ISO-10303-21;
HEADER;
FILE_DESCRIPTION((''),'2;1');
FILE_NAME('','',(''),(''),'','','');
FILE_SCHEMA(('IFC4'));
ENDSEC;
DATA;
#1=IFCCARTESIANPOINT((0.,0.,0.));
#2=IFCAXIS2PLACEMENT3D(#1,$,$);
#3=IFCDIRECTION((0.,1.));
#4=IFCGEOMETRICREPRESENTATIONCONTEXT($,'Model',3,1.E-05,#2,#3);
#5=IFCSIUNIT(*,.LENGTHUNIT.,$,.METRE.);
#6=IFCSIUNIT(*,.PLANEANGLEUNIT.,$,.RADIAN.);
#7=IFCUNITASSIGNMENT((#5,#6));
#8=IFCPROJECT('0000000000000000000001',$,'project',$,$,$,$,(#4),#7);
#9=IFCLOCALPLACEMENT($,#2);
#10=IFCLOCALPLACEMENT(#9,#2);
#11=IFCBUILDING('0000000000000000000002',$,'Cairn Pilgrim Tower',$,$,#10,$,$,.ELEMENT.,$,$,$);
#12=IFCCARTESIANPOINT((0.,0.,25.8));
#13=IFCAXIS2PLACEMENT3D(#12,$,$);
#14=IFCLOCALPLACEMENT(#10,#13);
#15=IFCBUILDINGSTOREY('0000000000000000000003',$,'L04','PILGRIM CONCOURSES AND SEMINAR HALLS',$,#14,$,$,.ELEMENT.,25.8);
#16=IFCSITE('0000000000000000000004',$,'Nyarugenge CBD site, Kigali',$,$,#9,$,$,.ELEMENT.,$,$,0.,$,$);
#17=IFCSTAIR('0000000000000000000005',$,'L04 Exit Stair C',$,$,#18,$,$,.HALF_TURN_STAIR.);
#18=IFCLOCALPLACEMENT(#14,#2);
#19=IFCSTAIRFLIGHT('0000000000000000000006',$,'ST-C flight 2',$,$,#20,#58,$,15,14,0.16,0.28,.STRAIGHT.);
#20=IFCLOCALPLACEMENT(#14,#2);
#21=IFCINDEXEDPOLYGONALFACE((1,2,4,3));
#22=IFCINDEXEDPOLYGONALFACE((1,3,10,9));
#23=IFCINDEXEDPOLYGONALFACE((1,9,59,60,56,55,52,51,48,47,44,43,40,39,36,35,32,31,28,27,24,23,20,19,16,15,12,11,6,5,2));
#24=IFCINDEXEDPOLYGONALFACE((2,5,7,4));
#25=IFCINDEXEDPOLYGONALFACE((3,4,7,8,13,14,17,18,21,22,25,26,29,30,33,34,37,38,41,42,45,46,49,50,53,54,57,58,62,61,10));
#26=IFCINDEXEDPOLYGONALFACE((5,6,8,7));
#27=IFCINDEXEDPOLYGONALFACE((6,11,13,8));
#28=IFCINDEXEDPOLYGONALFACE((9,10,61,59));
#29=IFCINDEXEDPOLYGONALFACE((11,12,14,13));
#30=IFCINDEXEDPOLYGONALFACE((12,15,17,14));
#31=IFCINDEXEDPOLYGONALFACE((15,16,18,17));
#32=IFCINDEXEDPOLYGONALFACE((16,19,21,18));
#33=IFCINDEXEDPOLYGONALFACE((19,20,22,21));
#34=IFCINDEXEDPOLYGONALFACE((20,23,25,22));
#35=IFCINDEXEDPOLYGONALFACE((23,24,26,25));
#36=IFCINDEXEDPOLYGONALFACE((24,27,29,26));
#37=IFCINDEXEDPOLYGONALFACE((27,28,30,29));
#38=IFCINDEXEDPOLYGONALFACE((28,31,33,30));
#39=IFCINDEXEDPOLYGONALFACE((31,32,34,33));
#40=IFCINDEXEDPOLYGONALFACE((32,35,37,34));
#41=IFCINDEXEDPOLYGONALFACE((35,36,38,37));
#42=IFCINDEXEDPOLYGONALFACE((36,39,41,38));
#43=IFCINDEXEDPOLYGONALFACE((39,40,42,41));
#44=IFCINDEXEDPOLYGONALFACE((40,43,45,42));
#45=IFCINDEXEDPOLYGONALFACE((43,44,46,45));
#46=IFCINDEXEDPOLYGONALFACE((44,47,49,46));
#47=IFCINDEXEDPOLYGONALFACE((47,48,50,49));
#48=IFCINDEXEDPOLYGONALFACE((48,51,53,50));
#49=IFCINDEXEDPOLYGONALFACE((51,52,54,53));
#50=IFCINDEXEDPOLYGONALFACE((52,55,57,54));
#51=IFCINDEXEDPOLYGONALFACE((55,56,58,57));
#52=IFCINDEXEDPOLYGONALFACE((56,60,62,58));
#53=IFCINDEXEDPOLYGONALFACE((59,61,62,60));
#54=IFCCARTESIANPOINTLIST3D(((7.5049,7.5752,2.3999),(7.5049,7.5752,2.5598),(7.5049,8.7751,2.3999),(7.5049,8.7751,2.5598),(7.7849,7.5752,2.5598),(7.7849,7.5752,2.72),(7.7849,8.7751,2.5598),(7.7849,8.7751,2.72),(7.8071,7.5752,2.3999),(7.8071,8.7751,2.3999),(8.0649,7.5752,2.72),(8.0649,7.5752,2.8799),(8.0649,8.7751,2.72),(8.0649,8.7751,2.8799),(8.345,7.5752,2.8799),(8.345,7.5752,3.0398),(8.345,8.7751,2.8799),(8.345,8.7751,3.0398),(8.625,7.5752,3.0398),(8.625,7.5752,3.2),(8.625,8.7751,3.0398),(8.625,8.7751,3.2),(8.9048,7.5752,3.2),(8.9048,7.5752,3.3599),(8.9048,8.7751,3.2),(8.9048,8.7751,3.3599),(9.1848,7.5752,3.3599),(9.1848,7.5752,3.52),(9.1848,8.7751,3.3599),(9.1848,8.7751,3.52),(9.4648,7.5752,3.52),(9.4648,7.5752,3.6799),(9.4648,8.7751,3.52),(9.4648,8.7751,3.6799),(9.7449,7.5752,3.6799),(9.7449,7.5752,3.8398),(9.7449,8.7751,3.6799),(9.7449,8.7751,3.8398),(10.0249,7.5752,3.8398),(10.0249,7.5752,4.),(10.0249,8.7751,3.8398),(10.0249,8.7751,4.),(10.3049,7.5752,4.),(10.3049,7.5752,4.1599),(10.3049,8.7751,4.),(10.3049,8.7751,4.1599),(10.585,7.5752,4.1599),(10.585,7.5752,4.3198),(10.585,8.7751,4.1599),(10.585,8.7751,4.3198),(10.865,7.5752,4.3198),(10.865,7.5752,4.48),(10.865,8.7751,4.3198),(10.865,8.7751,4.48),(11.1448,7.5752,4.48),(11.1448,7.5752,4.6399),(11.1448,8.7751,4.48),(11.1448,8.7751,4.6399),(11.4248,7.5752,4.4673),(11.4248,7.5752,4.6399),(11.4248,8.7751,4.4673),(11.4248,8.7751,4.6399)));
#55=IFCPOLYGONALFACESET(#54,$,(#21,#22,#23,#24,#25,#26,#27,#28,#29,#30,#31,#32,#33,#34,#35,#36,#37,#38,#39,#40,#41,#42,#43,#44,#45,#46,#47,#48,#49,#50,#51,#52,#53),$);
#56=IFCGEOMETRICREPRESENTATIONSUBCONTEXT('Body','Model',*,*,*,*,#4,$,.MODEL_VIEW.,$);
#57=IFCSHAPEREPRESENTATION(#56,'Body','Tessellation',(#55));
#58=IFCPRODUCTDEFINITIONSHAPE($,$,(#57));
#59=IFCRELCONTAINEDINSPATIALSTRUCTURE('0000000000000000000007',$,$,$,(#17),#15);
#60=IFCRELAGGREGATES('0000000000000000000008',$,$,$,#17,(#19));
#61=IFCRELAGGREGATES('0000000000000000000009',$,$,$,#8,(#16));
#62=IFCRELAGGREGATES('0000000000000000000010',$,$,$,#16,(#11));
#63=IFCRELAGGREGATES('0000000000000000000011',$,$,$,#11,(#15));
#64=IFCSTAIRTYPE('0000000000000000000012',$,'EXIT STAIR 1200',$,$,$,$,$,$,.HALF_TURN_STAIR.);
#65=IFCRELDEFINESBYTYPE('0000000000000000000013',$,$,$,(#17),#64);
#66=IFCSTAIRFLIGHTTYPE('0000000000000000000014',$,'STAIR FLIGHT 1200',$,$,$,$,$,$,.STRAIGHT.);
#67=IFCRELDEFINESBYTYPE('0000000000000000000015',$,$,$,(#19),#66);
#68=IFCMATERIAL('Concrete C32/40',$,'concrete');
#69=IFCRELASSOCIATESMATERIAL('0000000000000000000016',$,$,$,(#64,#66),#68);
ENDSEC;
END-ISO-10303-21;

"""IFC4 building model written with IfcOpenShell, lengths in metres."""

from ifc_helpers import new_model, si_unit, direction, frame, origin, place, context, subcontext, project, spatial, polyline, outline, extrude, material, type_object, element, aggregate, save


model = new_model("IFC4")

# Units and contexts
model_context = context("Model", 3, precision=1e-05, world=origin(), true_north=direction((0.0, 1.0)))
body_context = subcontext(model_context, "Body", "Model", "MODEL_VIEW")
ifc_project = project(units=[si_unit("LENGTHUNIT", "METRE"), si_unit("PLANEANGLEUNIT", "RADIAN")], contexts=[model_context])

# Site, building, storey
site_placement = place(None, origin())
site = spatial("IfcSite", under=ifc_project, at=site_placement, Name="Nyarugenge CBD site, Kigali", CompositionType="ELEMENT", RefElevation=0.0)
building_placement = place(site_placement, origin())
building = spatial("IfcBuilding", under=site, at=building_placement, Name="Cairn Pilgrim Tower", CompositionType="ELEMENT")
storey_placement = place(building_placement, frame((0.0, 0.0, 25.8)))
storey = spatial("IfcBuildingStorey", under=building, at=storey_placement, Name="L04", Description="PILGRIM CONCOURSES AND SEMINAR HALLS", CompositionType="ELEMENT", Elevation=25.8)

# Shared definitions
ifc_material_1 = material(Name="Concrete C32/40", Category="concrete")

# Shared definitions
stair_type = type_object("IfcStairType", Name="EXIT STAIR 1200", PredefinedType="HALF_TURN_STAIR", material=ifc_material_1)
stair_flight_type = type_object("IfcStairFlightType", Name="STAIR FLIGHT 1200", PredefinedType="STRAIGHT", material=ifc_material_1)

# Stair, stair flight
stair_1_placement = place(storey_placement, origin())
stair_1 = element("IfcStair", 1, at=stair_1_placement, inside=storey, type_object=stair_type, Name="L04 Exit Stair C", PredefinedType="HALF_TURN_STAIR")
stair_flight_1_placement = place(storey_placement, frame((7.5049, 8.175, 2.3999), z_axis=(0.0, 0.0, 1.0), x_axis=(1.0, 0.0, 0.0)))
stair_flight_1 = element("IfcStairFlight", 2, at=stair_flight_1_placement, type_object=stair_flight_type, Name="ST-C flight 2", NumberOfRisers=15, NumberOfTreads=14, PredefinedType="STRAIGHT", RiserHeight=0.16, TreadLength=0.28, context=body_context, shape_type="SweptSolid", body=[
    extrude(outline(polyline([(0.0, 0.0), (0.0, 0.1599), (0.28, 0.1599), (0.28, 0.3201), (0.5601, 0.3201), (0.5601, 0.48), (0.8401, 0.48), (0.8401, 0.6399), (1.1201, 0.6399), (1.1201, 0.8), (1.3999, 0.8), (1.3999, 0.96), (1.6799, 0.96), (1.6799, 1.1201), (1.96, 1.1201), (1.96, 1.28), (2.24, 1.28), (2.24, 1.4399), (2.52, 1.4399), (2.52, 1.6001), (2.8, 1.6001), (2.8, 1.76), (3.0801, 1.76), (3.0801, 1.9199), (3.3601, 1.9199), (3.3601, 2.0801), (3.6399, 2.0801), (3.6399, 2.24), (3.9199, 2.24), (3.9199, 2.3999), (3.9199, 2.0674), (0.3022, 0.0), (0.0, 0.0)])), frame((0.0, 0.6001, 0.0), z_axis=(0.0, -1.0, 0.0), x_axis=(1.0, 0.0, 0.0)), (0.0, 0.0, 1.0), 1.2),
])
aggregate(stair_1, [stair_flight_1])

save(model, "model.ifc")
